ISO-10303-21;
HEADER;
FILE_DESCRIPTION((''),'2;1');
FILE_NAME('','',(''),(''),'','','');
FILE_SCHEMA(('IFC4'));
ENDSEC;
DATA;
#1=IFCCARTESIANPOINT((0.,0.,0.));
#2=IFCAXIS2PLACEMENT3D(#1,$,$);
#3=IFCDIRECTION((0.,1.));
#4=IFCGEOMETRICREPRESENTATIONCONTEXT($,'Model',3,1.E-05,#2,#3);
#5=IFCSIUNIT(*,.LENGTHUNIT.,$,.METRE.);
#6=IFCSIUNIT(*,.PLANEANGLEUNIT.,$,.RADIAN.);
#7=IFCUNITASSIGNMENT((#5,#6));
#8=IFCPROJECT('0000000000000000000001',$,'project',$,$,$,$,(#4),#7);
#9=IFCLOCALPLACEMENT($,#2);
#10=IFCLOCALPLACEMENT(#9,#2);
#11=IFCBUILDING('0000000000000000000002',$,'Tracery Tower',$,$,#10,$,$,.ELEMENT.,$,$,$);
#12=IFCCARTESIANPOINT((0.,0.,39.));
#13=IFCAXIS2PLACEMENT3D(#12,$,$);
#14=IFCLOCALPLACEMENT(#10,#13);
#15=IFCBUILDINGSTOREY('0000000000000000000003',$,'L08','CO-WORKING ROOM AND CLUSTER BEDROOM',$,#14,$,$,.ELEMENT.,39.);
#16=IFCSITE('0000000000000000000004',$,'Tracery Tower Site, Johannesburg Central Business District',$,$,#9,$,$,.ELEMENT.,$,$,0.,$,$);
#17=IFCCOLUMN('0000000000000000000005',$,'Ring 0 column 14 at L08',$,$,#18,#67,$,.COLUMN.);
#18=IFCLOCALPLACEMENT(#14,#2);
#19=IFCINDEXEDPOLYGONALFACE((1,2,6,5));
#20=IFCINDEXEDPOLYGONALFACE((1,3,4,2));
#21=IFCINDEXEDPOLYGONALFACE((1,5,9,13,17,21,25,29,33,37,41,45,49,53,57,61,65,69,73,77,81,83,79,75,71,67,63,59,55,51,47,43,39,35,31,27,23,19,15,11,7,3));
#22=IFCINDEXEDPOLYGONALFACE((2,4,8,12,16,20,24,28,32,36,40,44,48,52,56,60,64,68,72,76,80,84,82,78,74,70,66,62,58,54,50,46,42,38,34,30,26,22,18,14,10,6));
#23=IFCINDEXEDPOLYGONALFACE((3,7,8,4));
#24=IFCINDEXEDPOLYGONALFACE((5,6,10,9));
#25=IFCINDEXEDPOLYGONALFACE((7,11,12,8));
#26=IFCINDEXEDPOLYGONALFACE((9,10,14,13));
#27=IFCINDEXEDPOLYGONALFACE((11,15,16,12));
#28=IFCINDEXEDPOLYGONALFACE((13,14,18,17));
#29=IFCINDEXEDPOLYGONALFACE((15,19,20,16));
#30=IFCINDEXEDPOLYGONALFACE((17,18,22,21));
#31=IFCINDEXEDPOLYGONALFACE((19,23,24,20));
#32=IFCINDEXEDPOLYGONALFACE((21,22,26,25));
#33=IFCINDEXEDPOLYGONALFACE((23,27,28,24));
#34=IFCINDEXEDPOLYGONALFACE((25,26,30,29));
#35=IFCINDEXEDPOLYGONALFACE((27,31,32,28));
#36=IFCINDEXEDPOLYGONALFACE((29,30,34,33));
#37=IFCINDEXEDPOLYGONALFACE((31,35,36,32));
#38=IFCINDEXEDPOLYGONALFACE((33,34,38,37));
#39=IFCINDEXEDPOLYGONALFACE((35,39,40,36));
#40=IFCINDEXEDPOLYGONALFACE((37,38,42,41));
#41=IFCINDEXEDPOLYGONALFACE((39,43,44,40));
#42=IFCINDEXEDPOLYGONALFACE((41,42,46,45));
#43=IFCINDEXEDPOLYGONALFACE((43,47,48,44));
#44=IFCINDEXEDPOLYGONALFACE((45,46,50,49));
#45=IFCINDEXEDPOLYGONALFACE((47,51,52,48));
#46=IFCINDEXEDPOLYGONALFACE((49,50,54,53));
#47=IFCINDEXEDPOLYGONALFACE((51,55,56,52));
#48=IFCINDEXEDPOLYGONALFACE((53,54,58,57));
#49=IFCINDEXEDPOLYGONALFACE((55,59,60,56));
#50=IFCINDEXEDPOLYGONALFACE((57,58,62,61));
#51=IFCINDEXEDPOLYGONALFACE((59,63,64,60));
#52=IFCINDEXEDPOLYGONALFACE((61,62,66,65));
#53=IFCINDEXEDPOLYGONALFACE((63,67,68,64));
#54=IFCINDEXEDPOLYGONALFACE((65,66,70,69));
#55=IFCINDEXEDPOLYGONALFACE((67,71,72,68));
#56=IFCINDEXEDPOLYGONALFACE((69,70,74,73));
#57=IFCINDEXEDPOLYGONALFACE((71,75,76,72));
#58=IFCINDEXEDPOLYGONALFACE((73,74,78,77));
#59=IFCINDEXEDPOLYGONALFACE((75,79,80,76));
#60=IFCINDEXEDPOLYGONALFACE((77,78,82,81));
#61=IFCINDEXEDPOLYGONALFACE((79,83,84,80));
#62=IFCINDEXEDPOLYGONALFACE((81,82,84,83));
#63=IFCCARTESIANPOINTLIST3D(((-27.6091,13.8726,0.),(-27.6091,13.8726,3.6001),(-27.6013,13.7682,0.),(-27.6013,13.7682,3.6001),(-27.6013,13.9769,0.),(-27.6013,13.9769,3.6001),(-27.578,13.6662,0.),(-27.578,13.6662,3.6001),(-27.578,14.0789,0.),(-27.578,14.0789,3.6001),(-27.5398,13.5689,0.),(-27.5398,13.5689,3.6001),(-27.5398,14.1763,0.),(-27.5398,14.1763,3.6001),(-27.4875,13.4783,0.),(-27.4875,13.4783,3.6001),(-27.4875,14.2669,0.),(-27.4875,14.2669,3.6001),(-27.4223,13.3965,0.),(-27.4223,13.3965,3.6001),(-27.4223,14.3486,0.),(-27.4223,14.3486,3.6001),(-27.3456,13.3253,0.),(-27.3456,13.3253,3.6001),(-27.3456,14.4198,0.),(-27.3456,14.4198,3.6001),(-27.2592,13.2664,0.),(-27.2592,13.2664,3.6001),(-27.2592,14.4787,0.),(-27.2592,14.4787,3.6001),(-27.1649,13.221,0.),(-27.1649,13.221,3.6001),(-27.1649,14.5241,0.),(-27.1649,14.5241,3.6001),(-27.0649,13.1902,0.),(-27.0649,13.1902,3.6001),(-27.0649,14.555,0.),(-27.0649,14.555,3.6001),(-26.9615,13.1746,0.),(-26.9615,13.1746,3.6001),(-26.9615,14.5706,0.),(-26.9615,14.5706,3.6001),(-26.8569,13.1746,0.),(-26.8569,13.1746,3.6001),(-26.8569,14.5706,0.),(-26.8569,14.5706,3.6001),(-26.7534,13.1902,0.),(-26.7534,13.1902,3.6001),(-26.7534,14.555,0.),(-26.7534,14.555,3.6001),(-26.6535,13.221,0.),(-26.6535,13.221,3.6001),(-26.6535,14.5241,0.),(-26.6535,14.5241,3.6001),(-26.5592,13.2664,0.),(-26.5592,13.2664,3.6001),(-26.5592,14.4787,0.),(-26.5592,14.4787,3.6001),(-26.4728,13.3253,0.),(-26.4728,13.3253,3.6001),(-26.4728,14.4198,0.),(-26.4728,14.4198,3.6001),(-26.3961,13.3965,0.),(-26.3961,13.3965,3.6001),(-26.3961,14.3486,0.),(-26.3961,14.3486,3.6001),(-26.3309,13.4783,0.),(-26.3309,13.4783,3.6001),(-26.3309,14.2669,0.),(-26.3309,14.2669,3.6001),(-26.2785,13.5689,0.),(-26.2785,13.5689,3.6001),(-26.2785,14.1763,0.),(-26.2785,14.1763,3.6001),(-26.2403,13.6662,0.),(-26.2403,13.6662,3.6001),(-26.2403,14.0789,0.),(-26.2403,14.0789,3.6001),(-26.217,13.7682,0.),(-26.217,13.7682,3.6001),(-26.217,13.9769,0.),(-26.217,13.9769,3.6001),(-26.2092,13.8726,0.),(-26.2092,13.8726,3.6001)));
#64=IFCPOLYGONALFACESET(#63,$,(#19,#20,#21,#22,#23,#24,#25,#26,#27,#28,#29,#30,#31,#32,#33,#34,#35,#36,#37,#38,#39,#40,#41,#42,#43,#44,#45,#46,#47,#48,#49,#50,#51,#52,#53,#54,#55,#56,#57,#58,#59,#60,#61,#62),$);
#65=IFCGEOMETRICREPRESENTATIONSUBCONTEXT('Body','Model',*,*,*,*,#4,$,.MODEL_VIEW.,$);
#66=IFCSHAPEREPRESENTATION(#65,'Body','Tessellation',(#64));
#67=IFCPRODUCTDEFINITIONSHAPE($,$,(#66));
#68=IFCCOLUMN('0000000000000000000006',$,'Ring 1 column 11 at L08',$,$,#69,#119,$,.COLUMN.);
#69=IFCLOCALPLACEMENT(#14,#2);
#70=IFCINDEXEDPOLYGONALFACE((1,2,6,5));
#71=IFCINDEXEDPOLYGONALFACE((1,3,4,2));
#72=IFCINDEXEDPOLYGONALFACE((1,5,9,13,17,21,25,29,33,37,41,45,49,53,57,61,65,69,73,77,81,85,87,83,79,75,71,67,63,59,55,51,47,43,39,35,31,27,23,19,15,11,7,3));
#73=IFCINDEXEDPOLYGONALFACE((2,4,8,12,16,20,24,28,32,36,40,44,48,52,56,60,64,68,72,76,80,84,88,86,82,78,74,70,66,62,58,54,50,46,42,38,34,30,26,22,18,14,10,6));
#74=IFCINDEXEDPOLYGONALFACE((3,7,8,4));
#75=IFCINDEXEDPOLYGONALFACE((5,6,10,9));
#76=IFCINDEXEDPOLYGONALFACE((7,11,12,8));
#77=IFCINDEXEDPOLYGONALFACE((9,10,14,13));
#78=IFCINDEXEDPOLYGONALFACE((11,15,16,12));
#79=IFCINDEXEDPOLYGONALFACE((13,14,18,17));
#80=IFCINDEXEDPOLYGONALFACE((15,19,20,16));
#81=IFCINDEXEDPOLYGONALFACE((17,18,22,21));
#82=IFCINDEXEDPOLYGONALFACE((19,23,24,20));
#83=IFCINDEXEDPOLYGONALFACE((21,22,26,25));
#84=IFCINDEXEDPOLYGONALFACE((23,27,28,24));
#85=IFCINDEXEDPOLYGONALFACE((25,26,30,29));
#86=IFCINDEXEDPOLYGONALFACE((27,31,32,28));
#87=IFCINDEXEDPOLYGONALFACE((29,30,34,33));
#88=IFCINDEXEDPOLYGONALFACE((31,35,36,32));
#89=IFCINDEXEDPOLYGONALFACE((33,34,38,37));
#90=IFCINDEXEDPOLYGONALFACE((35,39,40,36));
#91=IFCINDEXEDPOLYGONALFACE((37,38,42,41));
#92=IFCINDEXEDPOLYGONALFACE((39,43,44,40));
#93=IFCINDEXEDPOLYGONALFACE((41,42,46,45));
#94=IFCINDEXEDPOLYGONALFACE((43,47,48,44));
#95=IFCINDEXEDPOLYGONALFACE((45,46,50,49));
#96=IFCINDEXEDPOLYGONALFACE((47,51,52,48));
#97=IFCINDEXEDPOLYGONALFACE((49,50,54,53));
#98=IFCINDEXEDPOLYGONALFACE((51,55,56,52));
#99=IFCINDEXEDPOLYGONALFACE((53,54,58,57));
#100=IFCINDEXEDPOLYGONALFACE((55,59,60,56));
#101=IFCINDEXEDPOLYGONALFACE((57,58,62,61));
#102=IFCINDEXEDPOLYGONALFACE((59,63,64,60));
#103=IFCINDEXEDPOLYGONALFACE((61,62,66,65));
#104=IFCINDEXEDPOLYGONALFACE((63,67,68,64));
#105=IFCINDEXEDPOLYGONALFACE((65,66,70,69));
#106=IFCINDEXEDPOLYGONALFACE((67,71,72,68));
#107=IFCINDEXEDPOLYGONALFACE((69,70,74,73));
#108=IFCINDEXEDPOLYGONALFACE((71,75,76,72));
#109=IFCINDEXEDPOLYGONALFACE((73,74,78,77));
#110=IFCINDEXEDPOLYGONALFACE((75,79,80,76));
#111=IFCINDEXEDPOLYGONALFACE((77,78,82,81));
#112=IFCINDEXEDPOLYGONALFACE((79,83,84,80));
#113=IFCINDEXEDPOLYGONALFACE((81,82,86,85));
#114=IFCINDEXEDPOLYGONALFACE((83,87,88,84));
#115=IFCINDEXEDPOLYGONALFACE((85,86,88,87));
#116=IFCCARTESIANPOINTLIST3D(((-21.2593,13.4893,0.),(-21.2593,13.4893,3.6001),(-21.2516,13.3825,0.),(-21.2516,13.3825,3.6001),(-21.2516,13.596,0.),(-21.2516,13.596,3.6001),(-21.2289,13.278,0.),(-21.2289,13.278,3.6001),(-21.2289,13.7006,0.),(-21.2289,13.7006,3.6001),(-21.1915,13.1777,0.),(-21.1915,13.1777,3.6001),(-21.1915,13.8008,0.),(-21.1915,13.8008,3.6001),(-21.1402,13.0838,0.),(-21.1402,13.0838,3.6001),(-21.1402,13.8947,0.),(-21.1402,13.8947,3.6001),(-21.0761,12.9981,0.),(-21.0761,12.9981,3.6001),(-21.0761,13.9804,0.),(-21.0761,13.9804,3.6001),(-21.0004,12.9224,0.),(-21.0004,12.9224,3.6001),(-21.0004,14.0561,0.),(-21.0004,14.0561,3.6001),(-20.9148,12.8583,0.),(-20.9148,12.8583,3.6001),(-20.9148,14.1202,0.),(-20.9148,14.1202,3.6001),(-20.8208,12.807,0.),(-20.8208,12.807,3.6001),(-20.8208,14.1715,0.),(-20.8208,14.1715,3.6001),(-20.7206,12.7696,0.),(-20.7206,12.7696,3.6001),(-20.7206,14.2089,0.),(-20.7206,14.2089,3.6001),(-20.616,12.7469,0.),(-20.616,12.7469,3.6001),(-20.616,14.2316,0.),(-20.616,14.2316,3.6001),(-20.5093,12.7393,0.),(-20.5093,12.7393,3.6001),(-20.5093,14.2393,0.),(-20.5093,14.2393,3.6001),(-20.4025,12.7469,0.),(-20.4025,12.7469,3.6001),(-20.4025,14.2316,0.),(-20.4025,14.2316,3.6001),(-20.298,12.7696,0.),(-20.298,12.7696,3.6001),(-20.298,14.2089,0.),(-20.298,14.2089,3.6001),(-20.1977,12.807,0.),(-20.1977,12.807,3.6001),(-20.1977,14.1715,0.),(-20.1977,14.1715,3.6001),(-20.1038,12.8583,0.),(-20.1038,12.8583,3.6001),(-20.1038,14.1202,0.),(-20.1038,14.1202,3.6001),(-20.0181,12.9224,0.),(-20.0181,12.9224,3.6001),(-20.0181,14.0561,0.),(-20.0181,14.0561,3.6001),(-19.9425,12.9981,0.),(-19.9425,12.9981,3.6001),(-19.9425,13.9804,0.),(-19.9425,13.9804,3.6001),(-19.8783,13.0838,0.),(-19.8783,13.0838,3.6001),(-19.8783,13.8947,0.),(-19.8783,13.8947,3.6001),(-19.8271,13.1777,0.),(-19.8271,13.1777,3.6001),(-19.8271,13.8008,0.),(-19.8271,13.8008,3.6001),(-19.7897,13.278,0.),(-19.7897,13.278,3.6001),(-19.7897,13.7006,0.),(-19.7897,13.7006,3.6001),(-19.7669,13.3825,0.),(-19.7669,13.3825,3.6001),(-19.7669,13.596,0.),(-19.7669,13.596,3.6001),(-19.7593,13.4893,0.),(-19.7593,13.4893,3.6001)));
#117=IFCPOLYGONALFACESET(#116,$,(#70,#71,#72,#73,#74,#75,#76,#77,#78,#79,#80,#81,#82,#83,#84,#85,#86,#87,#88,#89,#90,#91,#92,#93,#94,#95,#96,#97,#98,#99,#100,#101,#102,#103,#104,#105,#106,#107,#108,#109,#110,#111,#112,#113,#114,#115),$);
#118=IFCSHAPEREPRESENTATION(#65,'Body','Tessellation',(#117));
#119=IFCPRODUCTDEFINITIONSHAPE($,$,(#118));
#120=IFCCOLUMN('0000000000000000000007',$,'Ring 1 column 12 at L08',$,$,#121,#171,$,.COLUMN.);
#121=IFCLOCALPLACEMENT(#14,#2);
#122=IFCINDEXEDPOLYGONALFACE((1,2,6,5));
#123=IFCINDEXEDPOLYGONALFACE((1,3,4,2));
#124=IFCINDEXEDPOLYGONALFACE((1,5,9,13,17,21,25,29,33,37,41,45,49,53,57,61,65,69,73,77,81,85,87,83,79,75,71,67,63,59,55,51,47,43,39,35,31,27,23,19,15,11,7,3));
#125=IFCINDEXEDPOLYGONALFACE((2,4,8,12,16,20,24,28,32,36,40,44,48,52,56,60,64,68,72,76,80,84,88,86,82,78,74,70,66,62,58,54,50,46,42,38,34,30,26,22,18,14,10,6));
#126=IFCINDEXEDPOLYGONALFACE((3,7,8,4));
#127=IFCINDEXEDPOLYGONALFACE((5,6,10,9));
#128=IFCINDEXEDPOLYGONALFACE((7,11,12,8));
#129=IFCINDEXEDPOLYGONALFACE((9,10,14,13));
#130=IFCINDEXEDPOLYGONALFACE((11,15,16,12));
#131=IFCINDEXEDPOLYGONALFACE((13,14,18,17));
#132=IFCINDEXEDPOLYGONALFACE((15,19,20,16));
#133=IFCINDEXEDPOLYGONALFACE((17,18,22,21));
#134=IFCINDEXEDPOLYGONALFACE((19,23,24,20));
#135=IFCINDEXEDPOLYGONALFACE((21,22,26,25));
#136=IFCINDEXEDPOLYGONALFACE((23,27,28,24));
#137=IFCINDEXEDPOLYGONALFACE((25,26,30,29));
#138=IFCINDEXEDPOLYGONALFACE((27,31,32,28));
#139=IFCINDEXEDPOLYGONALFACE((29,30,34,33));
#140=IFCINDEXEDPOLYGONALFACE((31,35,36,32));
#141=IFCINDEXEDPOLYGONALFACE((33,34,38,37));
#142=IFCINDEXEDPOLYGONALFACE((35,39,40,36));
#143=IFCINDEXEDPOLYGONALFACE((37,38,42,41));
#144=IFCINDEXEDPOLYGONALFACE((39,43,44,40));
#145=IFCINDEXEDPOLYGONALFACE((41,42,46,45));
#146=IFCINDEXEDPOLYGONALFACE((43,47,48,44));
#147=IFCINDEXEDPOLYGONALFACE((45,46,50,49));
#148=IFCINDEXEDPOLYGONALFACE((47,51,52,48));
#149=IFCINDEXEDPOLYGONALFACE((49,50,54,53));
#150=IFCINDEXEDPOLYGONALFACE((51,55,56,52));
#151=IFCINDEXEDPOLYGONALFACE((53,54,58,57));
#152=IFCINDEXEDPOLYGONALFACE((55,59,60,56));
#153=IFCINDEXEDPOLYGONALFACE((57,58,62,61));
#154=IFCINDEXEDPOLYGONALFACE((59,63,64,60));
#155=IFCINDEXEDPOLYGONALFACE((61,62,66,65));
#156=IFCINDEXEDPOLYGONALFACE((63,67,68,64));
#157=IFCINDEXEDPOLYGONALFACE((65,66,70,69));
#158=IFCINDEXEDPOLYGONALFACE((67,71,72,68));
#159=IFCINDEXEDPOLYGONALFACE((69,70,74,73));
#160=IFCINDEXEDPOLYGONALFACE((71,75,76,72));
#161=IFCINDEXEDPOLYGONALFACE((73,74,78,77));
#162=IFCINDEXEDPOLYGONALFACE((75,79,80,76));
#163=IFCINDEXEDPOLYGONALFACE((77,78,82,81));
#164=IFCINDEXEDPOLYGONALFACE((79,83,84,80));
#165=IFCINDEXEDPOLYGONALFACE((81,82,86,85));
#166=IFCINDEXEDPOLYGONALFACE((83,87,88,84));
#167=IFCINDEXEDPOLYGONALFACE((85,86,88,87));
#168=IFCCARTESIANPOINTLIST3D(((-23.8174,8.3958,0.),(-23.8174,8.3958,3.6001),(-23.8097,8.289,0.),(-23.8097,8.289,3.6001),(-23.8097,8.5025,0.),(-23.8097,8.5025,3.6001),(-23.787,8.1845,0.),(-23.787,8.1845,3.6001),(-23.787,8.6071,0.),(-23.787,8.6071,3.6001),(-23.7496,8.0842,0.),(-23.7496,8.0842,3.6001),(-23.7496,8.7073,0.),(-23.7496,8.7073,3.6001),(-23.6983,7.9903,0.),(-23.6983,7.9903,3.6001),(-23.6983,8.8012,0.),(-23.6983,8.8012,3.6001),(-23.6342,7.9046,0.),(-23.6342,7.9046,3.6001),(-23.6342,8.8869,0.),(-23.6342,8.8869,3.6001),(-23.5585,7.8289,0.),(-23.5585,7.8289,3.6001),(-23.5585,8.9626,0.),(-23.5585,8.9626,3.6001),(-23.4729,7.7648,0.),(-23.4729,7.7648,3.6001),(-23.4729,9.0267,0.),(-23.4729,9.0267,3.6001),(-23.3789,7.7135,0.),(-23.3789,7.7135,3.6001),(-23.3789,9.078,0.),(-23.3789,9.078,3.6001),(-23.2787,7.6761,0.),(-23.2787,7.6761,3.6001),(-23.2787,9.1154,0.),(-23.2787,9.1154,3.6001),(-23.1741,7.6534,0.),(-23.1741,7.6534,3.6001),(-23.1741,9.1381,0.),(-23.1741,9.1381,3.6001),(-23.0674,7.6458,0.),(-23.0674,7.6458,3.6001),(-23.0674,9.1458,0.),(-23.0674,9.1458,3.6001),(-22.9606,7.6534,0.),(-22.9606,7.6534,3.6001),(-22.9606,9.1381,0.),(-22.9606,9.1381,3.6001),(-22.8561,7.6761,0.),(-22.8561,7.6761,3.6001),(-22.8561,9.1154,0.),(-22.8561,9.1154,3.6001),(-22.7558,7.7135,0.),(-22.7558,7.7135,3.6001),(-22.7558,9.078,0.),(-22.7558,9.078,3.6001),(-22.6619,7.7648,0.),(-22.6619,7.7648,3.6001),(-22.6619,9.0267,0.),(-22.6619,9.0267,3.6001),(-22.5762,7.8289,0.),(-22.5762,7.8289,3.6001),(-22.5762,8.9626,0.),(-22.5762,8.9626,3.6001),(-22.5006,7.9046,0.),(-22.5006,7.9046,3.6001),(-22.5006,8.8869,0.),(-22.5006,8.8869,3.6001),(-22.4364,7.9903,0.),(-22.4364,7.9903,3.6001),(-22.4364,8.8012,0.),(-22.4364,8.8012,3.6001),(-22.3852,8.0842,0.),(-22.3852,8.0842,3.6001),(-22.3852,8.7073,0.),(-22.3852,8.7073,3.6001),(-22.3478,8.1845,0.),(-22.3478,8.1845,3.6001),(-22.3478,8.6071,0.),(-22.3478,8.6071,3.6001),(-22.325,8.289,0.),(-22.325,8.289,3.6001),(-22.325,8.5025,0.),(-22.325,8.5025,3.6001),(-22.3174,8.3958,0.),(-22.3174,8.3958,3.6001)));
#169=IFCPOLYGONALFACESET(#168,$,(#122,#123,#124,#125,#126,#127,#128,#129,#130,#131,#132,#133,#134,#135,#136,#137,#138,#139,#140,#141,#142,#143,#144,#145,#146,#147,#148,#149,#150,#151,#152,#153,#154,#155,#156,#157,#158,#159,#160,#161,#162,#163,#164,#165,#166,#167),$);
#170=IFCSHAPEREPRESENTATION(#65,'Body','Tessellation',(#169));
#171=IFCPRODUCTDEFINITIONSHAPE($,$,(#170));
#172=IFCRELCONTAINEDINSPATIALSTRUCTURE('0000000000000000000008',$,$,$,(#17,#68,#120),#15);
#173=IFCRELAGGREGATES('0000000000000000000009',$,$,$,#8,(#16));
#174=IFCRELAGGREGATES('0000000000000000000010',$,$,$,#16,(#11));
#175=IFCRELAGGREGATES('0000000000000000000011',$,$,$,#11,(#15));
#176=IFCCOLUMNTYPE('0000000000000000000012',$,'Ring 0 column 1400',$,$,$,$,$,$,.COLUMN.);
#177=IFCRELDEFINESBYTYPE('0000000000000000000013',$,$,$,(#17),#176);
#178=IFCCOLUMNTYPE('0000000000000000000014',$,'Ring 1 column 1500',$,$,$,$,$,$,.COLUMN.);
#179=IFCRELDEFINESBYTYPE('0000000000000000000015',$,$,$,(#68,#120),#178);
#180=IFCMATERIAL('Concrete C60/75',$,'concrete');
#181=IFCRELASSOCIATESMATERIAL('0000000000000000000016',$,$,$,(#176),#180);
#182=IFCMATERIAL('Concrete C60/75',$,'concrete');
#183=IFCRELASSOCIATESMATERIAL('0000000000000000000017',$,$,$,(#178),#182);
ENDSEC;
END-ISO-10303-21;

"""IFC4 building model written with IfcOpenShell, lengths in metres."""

from ifc_helpers import new_model, si_unit, direction, frame, origin, origin_2d, place, context, subcontext, project, spatial, circle, extrude, material, material_profile, profile_set, type_object, element, save


model = new_model("IFC4")

# Units and contexts
model_context = context("Model", 3, precision=1e-05, world=origin(), true_north=direction((0.0, 1.0)))
body_context = subcontext(model_context, "Body", "Model", "MODEL_VIEW")
ifc_project = project(units=[si_unit("LENGTHUNIT", "METRE"), si_unit("PLANEANGLEUNIT", "RADIAN")], contexts=[model_context])

# Site, building, storey
site_placement = place(None, origin())
site = spatial("IfcSite", under=ifc_project, at=site_placement, Name="Tracery Tower Site, Johannesburg Central Business District", CompositionType="ELEMENT", RefElevation=0.0)
building_placement = place(site_placement, origin())
building = spatial("IfcBuilding", under=site, at=building_placement, Name="Tracery Tower", CompositionType="ELEMENT")
storey_placement = place(building_placement, frame((0.0, 0.0, 39.0)))
storey = spatial("IfcBuildingStorey", under=building, at=storey_placement, Name="L08", Description="CO-WORKING ROOM AND CLUSTER BEDROOM", CompositionType="ELEMENT", Elevation=39.0)

# Columns
ifc_material_1 = material(Name="Concrete C60/75", Category="concrete")
ifc_material_profile_1 = material_profile(ifc_material_1, circle(Radius=0.7, at=origin_2d()), Name="RC D1400")
ifc_profile_set_1 = profile_set([ifc_material_profile_1], Name="Concrete C60/75")
column_type_1 = type_object("IfcColumnType", Name="Ring 0 column 1400", PredefinedType="COLUMN", material=ifc_profile_set_1)
column_1_placement = place(storey_placement, frame((-26.9092, 13.8726, 0.0), z_axis=(0.0, 0.0, 1.0), x_axis=(1.0, 0.0, 0.0)))
element("IfcColumn", 1, at=column_1_placement, inside=storey, type_object=column_type_1, Name="Ring 0 column 14 at L08", PredefinedType="COLUMN", context=body_context, shape_type="SweptSolid", body=[
    extrude(circle(Radius=0.7, at=origin_2d()), origin(), (0.0, 0.0, 1.0), 3.6001),
])
ifc_material_2 = material(Name="Concrete C60/75", Category="concrete")
ifc_material_profile_2 = material_profile(ifc_material_2, circle(Radius=0.75, at=origin_2d()), Name="RC D1500")
ifc_profile_set_2 = profile_set([ifc_material_profile_2], Name="Concrete C60/75")
column_type_2 = type_object("IfcColumnType", Name="Ring 1 column 1500", PredefinedType="COLUMN", material=ifc_profile_set_2)
for number, where, z_axis, x_axis, name in (
    (2, (-20.5093, 13.4893, 0.0), (0.0, 0.0, 1.0), (1.0, 0.0, 0.0), "Ring 1 column 11 at L08"),
    (3, (-23.0674, 8.3958, 0.0), (0.0, 0.0, 1.0), (1.0, 0.0, 0.0), "Ring 1 column 12 at L08"),
):
    element("IfcColumn", number, at=place(storey_placement, frame(where, z_axis=z_axis, x_axis=x_axis)), inside=storey, type_object=column_type_2, Name=name, PredefinedType="COLUMN", context=body_context, shape_type="SweptSolid", body=[
        extrude(circle(Radius=0.75, at=origin_2d()), origin(), (0.0, 0.0, 1.0), 3.6001),
    ])

save(model, "model.ifc")
